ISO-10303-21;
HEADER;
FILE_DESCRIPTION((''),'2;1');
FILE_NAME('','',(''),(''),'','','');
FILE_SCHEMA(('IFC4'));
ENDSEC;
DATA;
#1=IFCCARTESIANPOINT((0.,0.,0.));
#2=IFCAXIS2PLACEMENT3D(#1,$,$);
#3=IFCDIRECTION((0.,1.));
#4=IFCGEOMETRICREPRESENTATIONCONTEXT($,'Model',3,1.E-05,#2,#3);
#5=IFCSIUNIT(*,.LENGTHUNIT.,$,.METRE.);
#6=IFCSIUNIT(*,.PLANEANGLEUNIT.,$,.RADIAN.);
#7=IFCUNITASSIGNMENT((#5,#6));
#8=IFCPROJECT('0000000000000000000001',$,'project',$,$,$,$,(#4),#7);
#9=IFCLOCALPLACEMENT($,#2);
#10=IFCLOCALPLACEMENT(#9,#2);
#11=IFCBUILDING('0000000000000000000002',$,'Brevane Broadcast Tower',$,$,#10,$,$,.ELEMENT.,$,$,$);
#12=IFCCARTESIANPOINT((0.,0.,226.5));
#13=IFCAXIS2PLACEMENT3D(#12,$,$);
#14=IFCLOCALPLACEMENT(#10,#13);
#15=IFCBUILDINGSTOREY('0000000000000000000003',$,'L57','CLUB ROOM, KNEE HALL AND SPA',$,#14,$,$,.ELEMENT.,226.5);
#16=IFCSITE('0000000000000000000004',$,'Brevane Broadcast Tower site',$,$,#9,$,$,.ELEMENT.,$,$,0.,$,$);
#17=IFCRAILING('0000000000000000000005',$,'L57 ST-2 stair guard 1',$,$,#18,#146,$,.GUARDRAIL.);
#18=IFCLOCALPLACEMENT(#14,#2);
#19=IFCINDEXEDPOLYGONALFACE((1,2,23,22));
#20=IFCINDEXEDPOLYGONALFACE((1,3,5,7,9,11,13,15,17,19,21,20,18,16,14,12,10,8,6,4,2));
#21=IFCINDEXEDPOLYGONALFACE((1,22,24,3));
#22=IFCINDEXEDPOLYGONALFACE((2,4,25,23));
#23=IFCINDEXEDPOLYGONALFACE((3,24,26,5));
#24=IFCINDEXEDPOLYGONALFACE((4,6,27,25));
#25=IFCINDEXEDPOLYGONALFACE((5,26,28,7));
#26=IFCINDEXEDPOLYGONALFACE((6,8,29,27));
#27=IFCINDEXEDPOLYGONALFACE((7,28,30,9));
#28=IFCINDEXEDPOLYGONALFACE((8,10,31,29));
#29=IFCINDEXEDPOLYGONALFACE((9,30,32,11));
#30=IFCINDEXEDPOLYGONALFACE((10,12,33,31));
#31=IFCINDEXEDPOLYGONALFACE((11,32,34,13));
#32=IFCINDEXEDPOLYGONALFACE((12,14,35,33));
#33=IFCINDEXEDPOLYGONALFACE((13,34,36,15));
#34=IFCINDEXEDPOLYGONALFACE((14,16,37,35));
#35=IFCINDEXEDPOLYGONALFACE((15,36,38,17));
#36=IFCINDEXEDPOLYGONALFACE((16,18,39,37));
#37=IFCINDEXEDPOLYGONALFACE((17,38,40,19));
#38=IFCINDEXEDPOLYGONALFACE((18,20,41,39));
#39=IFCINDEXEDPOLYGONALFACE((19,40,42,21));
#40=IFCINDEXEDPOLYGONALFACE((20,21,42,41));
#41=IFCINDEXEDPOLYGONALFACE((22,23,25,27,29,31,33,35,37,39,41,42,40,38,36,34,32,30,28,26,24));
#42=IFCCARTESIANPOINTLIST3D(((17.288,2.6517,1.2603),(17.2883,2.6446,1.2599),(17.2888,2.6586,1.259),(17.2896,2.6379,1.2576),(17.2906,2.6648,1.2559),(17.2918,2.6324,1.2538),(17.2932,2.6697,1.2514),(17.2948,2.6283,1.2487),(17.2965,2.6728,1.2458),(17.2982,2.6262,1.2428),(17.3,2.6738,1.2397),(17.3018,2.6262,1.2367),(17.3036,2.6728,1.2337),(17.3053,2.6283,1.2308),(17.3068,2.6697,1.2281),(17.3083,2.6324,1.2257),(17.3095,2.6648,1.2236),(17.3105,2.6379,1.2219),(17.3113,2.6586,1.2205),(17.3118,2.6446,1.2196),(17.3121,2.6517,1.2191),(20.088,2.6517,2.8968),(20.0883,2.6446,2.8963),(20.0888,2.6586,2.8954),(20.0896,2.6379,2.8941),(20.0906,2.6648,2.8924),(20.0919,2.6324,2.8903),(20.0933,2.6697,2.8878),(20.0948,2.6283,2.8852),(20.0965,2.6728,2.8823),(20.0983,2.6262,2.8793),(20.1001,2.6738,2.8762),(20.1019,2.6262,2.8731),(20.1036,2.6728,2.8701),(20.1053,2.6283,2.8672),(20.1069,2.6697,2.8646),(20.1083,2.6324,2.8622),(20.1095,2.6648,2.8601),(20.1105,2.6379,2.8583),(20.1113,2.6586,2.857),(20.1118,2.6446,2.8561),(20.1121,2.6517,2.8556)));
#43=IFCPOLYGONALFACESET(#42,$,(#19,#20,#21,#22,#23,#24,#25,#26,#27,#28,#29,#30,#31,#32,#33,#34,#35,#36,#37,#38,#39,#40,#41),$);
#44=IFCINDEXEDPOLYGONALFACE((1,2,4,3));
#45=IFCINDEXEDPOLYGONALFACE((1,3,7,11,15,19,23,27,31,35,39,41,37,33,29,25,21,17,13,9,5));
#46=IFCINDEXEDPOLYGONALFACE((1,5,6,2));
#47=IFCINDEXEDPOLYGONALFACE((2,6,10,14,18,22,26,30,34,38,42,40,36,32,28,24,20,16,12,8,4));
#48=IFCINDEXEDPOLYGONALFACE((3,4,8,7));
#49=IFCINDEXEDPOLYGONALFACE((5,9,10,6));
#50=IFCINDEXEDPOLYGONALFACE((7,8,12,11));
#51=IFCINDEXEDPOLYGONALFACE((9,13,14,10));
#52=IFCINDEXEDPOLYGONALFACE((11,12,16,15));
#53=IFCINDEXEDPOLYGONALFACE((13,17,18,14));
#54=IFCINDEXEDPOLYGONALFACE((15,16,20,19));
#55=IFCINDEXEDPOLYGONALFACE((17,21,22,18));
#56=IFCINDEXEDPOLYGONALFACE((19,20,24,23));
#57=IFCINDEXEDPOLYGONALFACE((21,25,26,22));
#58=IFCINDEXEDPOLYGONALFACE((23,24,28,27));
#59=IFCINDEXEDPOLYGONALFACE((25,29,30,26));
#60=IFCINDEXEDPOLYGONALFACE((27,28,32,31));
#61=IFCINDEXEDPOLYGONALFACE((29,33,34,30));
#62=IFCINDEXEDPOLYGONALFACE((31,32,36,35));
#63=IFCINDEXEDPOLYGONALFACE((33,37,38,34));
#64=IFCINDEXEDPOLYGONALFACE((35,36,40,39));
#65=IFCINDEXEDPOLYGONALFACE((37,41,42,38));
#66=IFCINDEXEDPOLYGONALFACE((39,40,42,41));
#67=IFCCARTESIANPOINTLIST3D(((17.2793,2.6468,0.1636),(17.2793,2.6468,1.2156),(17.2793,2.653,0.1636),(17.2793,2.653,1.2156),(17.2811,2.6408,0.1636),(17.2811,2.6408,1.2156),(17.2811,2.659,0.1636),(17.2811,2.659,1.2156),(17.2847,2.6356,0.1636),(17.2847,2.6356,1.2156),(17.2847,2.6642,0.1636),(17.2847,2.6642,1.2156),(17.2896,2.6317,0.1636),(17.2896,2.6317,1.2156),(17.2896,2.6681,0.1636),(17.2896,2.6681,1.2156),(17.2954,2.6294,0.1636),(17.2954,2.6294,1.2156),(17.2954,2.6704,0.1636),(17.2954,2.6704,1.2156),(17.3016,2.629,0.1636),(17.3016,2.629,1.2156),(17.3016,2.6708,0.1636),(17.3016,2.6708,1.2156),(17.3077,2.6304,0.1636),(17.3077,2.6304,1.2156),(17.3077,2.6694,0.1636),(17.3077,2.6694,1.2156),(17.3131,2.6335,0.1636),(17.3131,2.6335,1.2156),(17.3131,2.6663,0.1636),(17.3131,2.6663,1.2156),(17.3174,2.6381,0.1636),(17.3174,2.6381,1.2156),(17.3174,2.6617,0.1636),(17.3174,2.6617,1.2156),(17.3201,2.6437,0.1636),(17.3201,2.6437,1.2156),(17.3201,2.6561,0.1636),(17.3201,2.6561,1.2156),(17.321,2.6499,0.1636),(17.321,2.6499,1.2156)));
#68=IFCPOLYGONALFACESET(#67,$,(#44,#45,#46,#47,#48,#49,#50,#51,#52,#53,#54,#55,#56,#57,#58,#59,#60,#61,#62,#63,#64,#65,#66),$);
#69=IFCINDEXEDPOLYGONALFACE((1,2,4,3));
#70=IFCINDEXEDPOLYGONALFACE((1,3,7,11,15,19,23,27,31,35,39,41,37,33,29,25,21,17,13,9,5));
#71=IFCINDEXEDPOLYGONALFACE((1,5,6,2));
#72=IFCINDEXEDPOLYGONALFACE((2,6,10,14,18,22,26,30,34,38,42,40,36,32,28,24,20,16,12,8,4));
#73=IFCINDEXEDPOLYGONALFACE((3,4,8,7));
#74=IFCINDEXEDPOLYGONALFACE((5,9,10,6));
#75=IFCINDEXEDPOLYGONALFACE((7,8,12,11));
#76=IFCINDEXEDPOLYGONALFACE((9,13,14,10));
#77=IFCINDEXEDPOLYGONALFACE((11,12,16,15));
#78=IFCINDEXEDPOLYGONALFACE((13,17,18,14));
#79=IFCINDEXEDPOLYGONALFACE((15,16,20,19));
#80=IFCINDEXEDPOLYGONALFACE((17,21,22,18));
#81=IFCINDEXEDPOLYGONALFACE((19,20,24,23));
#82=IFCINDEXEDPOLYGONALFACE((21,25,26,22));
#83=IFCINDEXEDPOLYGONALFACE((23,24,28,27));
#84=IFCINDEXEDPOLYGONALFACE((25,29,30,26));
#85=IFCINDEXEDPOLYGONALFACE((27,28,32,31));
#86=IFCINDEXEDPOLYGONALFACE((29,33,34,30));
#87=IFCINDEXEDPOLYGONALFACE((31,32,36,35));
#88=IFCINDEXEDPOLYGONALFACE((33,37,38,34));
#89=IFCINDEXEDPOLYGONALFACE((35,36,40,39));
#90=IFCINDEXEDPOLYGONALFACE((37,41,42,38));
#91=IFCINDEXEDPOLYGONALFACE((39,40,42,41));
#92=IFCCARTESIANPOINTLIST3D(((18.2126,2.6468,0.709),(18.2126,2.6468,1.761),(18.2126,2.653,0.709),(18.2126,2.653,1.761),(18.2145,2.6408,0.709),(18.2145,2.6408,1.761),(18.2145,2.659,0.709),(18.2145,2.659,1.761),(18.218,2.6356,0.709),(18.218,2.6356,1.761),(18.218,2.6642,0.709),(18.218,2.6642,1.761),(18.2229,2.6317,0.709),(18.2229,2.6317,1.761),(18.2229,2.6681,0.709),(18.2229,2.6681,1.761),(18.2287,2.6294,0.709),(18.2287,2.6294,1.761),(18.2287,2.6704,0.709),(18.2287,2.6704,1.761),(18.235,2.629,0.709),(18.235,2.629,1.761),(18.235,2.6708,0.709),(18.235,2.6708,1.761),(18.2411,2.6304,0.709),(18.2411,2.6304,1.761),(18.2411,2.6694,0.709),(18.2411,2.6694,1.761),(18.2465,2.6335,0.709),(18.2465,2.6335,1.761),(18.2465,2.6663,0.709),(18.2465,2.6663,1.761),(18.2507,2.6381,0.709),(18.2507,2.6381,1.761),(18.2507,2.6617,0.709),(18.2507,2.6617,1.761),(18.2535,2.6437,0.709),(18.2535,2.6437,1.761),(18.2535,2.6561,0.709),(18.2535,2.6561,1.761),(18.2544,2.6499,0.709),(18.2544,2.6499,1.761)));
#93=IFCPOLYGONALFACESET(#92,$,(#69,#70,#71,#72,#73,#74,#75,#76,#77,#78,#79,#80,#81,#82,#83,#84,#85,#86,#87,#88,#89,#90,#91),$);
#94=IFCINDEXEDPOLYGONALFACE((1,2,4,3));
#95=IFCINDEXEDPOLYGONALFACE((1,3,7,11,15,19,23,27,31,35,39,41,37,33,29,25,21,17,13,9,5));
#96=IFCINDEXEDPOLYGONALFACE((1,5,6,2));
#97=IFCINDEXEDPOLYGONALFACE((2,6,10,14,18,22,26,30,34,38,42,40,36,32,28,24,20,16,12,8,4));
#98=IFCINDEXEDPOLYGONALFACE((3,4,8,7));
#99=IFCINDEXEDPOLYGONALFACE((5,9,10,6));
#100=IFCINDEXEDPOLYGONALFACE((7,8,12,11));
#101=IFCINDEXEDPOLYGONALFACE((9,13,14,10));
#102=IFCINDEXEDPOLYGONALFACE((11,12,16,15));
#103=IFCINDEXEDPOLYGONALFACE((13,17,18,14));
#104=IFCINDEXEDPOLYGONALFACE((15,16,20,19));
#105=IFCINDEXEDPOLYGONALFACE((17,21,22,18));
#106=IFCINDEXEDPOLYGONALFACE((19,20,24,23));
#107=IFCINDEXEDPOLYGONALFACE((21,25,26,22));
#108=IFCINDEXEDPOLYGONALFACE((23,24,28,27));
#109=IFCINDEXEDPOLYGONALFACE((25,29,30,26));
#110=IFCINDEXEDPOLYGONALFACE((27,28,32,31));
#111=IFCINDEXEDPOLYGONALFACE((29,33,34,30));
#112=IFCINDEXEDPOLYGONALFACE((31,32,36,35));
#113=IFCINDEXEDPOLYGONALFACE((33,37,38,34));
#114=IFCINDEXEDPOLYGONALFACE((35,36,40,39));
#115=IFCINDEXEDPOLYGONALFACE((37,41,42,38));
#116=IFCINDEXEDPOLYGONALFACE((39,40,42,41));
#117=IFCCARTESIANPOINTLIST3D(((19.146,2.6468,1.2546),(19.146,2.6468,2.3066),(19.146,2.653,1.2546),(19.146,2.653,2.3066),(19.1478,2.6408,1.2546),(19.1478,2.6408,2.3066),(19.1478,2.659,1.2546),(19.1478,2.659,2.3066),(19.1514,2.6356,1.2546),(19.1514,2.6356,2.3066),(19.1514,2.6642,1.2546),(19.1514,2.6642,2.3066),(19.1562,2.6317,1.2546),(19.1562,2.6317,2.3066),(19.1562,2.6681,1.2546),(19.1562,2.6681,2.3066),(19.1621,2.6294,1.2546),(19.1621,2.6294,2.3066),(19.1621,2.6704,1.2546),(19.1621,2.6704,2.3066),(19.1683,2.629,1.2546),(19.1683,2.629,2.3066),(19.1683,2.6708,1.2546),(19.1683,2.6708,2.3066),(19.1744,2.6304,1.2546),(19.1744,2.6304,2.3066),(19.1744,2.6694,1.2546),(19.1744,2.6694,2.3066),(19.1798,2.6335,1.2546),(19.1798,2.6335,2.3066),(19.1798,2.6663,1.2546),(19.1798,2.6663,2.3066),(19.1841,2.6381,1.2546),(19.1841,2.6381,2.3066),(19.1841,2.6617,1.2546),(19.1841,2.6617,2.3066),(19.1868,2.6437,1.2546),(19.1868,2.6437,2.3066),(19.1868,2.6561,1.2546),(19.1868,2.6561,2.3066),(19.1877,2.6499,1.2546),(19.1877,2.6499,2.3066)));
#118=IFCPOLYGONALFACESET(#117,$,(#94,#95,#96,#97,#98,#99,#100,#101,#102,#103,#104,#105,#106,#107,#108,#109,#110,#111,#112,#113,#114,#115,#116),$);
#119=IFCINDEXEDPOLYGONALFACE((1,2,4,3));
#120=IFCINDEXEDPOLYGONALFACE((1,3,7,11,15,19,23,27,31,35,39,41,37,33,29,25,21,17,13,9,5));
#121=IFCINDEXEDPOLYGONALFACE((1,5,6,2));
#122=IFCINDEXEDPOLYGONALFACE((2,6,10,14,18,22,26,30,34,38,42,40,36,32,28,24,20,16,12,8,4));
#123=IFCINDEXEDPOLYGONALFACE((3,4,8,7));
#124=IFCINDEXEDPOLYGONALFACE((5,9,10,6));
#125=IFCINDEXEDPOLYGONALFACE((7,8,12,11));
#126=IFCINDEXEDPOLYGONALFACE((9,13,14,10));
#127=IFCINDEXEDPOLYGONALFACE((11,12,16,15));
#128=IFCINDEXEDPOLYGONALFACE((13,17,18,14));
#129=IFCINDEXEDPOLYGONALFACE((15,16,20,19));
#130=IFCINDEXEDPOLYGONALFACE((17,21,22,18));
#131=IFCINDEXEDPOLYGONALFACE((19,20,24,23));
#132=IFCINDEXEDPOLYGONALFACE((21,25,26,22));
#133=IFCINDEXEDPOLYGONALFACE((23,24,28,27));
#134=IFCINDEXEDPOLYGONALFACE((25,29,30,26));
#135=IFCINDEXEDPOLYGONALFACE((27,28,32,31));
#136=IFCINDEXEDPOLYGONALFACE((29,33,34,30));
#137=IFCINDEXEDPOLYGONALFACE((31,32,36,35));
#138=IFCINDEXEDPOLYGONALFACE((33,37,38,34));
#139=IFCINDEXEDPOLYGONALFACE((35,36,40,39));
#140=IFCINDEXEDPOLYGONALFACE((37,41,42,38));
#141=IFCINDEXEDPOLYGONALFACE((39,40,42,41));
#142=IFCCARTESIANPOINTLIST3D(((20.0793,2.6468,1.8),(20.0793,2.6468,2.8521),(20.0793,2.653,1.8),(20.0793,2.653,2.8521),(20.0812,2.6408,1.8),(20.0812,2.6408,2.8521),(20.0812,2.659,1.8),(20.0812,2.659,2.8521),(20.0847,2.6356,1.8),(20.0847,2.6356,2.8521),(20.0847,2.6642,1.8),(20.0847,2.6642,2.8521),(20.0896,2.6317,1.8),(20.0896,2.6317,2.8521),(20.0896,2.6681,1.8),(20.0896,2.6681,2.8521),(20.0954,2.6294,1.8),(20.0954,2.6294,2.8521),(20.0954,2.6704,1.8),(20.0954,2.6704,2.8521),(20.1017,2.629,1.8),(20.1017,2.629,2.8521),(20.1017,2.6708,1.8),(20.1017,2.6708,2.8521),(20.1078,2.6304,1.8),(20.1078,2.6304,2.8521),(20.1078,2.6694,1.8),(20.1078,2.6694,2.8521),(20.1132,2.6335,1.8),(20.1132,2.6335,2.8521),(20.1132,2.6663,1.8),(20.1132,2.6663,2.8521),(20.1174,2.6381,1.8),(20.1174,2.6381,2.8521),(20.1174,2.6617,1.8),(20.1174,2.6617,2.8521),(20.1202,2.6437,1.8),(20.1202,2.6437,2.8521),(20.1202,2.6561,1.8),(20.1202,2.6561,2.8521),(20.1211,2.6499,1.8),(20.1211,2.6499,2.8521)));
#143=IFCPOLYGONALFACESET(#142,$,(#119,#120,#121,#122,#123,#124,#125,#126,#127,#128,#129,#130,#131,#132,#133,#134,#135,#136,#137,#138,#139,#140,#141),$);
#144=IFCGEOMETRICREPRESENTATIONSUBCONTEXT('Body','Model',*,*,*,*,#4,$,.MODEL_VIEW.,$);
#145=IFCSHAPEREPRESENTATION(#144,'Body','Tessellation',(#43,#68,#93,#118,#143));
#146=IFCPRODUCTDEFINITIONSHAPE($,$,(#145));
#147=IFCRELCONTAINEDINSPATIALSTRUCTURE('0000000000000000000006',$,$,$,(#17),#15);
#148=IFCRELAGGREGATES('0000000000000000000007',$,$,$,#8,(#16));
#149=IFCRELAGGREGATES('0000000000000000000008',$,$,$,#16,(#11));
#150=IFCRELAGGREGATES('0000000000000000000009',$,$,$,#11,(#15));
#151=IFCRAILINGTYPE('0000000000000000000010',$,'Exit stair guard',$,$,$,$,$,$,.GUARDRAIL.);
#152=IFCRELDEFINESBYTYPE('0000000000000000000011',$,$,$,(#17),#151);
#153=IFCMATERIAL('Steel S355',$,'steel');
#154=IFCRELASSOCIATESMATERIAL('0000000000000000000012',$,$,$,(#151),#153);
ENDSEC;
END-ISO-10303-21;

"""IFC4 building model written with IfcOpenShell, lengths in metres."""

from ifc_helpers import new_model, si_unit, direction, frame, origin, origin_2d, place, context, subcontext, project, spatial, circle, extrude, material, type_object, element, save


model = new_model("IFC4")

# Units and contexts
model_context = context("Model", 3, precision=1e-05, world=origin(), true_north=direction((0.0, 1.0)))
body_context = subcontext(model_context, "Body", "Model", "MODEL_VIEW")
ifc_project = project(units=[si_unit("LENGTHUNIT", "METRE"), si_unit("PLANEANGLEUNIT", "RADIAN")], contexts=[model_context])

# Site, building, storey
site_placement = place(None, origin())
site = spatial("IfcSite", under=ifc_project, at=site_placement, Name="Brevane Broadcast Tower site", CompositionType="ELEMENT", RefElevation=0.0)
building_placement = place(site_placement, origin())
building = spatial("IfcBuilding", under=site, at=building_placement, Name="Brevane Broadcast Tower", CompositionType="ELEMENT")
storey_placement = place(building_placement, frame((0.0, 0.0, 226.5)))
storey = spatial("IfcBuildingStorey", under=building, at=storey_placement, Name="L57", Description="CLUB ROOM, KNEE HALL AND SPA", CompositionType="ELEMENT", Elevation=226.5)

# Railing
ifc_material_1 = material(Name="Steel S355", Category="steel")
railing_type_1 = type_object("IfcRailingType", Name="Exit stair guard", PredefinedType="GUARDRAIL", material=ifc_material_1)
railing_1_placement = place(storey_placement, frame((17.3, 2.6499, 0.1636)))
element("IfcRailing", 1, at=railing_1_placement, inside=storey, type_object=railing_type_1, Name="L57 ST-2 stair guard 1", PredefinedType="GUARDRAIL", context=body_context, shape_type="SweptSolid", body=[
    extrude(circle(Radius=0.0239, at=origin_2d()), frame((0.0, 0.0, 1.0762), z_axis=(0.863361, 0.0, 0.504587), x_axis=(0.0, 1.0, 0.0)), (0.0, 0.0, 1.0), 3.2432),
    extrude(circle(Radius=0.021, at=origin_2d()), origin(), (0.0, 0.0, 1.0), 1.052),
    extrude(circle(Radius=0.021, at=origin_2d()), frame((0.9333, 0.0, 0.5454)), (0.0, 0.0, 1.0), 1.052),
    extrude(circle(Radius=0.021, at=origin_2d()), frame((1.8667, 0.0, 1.0911)), (0.0, 0.0, 1.0), 1.052),
    extrude(circle(Radius=0.021, at=origin_2d()), frame((2.8, 0.0, 1.6365)), (0.0, 0.0, 1.0), 1.052),
])

save(model, "model.ifc")
